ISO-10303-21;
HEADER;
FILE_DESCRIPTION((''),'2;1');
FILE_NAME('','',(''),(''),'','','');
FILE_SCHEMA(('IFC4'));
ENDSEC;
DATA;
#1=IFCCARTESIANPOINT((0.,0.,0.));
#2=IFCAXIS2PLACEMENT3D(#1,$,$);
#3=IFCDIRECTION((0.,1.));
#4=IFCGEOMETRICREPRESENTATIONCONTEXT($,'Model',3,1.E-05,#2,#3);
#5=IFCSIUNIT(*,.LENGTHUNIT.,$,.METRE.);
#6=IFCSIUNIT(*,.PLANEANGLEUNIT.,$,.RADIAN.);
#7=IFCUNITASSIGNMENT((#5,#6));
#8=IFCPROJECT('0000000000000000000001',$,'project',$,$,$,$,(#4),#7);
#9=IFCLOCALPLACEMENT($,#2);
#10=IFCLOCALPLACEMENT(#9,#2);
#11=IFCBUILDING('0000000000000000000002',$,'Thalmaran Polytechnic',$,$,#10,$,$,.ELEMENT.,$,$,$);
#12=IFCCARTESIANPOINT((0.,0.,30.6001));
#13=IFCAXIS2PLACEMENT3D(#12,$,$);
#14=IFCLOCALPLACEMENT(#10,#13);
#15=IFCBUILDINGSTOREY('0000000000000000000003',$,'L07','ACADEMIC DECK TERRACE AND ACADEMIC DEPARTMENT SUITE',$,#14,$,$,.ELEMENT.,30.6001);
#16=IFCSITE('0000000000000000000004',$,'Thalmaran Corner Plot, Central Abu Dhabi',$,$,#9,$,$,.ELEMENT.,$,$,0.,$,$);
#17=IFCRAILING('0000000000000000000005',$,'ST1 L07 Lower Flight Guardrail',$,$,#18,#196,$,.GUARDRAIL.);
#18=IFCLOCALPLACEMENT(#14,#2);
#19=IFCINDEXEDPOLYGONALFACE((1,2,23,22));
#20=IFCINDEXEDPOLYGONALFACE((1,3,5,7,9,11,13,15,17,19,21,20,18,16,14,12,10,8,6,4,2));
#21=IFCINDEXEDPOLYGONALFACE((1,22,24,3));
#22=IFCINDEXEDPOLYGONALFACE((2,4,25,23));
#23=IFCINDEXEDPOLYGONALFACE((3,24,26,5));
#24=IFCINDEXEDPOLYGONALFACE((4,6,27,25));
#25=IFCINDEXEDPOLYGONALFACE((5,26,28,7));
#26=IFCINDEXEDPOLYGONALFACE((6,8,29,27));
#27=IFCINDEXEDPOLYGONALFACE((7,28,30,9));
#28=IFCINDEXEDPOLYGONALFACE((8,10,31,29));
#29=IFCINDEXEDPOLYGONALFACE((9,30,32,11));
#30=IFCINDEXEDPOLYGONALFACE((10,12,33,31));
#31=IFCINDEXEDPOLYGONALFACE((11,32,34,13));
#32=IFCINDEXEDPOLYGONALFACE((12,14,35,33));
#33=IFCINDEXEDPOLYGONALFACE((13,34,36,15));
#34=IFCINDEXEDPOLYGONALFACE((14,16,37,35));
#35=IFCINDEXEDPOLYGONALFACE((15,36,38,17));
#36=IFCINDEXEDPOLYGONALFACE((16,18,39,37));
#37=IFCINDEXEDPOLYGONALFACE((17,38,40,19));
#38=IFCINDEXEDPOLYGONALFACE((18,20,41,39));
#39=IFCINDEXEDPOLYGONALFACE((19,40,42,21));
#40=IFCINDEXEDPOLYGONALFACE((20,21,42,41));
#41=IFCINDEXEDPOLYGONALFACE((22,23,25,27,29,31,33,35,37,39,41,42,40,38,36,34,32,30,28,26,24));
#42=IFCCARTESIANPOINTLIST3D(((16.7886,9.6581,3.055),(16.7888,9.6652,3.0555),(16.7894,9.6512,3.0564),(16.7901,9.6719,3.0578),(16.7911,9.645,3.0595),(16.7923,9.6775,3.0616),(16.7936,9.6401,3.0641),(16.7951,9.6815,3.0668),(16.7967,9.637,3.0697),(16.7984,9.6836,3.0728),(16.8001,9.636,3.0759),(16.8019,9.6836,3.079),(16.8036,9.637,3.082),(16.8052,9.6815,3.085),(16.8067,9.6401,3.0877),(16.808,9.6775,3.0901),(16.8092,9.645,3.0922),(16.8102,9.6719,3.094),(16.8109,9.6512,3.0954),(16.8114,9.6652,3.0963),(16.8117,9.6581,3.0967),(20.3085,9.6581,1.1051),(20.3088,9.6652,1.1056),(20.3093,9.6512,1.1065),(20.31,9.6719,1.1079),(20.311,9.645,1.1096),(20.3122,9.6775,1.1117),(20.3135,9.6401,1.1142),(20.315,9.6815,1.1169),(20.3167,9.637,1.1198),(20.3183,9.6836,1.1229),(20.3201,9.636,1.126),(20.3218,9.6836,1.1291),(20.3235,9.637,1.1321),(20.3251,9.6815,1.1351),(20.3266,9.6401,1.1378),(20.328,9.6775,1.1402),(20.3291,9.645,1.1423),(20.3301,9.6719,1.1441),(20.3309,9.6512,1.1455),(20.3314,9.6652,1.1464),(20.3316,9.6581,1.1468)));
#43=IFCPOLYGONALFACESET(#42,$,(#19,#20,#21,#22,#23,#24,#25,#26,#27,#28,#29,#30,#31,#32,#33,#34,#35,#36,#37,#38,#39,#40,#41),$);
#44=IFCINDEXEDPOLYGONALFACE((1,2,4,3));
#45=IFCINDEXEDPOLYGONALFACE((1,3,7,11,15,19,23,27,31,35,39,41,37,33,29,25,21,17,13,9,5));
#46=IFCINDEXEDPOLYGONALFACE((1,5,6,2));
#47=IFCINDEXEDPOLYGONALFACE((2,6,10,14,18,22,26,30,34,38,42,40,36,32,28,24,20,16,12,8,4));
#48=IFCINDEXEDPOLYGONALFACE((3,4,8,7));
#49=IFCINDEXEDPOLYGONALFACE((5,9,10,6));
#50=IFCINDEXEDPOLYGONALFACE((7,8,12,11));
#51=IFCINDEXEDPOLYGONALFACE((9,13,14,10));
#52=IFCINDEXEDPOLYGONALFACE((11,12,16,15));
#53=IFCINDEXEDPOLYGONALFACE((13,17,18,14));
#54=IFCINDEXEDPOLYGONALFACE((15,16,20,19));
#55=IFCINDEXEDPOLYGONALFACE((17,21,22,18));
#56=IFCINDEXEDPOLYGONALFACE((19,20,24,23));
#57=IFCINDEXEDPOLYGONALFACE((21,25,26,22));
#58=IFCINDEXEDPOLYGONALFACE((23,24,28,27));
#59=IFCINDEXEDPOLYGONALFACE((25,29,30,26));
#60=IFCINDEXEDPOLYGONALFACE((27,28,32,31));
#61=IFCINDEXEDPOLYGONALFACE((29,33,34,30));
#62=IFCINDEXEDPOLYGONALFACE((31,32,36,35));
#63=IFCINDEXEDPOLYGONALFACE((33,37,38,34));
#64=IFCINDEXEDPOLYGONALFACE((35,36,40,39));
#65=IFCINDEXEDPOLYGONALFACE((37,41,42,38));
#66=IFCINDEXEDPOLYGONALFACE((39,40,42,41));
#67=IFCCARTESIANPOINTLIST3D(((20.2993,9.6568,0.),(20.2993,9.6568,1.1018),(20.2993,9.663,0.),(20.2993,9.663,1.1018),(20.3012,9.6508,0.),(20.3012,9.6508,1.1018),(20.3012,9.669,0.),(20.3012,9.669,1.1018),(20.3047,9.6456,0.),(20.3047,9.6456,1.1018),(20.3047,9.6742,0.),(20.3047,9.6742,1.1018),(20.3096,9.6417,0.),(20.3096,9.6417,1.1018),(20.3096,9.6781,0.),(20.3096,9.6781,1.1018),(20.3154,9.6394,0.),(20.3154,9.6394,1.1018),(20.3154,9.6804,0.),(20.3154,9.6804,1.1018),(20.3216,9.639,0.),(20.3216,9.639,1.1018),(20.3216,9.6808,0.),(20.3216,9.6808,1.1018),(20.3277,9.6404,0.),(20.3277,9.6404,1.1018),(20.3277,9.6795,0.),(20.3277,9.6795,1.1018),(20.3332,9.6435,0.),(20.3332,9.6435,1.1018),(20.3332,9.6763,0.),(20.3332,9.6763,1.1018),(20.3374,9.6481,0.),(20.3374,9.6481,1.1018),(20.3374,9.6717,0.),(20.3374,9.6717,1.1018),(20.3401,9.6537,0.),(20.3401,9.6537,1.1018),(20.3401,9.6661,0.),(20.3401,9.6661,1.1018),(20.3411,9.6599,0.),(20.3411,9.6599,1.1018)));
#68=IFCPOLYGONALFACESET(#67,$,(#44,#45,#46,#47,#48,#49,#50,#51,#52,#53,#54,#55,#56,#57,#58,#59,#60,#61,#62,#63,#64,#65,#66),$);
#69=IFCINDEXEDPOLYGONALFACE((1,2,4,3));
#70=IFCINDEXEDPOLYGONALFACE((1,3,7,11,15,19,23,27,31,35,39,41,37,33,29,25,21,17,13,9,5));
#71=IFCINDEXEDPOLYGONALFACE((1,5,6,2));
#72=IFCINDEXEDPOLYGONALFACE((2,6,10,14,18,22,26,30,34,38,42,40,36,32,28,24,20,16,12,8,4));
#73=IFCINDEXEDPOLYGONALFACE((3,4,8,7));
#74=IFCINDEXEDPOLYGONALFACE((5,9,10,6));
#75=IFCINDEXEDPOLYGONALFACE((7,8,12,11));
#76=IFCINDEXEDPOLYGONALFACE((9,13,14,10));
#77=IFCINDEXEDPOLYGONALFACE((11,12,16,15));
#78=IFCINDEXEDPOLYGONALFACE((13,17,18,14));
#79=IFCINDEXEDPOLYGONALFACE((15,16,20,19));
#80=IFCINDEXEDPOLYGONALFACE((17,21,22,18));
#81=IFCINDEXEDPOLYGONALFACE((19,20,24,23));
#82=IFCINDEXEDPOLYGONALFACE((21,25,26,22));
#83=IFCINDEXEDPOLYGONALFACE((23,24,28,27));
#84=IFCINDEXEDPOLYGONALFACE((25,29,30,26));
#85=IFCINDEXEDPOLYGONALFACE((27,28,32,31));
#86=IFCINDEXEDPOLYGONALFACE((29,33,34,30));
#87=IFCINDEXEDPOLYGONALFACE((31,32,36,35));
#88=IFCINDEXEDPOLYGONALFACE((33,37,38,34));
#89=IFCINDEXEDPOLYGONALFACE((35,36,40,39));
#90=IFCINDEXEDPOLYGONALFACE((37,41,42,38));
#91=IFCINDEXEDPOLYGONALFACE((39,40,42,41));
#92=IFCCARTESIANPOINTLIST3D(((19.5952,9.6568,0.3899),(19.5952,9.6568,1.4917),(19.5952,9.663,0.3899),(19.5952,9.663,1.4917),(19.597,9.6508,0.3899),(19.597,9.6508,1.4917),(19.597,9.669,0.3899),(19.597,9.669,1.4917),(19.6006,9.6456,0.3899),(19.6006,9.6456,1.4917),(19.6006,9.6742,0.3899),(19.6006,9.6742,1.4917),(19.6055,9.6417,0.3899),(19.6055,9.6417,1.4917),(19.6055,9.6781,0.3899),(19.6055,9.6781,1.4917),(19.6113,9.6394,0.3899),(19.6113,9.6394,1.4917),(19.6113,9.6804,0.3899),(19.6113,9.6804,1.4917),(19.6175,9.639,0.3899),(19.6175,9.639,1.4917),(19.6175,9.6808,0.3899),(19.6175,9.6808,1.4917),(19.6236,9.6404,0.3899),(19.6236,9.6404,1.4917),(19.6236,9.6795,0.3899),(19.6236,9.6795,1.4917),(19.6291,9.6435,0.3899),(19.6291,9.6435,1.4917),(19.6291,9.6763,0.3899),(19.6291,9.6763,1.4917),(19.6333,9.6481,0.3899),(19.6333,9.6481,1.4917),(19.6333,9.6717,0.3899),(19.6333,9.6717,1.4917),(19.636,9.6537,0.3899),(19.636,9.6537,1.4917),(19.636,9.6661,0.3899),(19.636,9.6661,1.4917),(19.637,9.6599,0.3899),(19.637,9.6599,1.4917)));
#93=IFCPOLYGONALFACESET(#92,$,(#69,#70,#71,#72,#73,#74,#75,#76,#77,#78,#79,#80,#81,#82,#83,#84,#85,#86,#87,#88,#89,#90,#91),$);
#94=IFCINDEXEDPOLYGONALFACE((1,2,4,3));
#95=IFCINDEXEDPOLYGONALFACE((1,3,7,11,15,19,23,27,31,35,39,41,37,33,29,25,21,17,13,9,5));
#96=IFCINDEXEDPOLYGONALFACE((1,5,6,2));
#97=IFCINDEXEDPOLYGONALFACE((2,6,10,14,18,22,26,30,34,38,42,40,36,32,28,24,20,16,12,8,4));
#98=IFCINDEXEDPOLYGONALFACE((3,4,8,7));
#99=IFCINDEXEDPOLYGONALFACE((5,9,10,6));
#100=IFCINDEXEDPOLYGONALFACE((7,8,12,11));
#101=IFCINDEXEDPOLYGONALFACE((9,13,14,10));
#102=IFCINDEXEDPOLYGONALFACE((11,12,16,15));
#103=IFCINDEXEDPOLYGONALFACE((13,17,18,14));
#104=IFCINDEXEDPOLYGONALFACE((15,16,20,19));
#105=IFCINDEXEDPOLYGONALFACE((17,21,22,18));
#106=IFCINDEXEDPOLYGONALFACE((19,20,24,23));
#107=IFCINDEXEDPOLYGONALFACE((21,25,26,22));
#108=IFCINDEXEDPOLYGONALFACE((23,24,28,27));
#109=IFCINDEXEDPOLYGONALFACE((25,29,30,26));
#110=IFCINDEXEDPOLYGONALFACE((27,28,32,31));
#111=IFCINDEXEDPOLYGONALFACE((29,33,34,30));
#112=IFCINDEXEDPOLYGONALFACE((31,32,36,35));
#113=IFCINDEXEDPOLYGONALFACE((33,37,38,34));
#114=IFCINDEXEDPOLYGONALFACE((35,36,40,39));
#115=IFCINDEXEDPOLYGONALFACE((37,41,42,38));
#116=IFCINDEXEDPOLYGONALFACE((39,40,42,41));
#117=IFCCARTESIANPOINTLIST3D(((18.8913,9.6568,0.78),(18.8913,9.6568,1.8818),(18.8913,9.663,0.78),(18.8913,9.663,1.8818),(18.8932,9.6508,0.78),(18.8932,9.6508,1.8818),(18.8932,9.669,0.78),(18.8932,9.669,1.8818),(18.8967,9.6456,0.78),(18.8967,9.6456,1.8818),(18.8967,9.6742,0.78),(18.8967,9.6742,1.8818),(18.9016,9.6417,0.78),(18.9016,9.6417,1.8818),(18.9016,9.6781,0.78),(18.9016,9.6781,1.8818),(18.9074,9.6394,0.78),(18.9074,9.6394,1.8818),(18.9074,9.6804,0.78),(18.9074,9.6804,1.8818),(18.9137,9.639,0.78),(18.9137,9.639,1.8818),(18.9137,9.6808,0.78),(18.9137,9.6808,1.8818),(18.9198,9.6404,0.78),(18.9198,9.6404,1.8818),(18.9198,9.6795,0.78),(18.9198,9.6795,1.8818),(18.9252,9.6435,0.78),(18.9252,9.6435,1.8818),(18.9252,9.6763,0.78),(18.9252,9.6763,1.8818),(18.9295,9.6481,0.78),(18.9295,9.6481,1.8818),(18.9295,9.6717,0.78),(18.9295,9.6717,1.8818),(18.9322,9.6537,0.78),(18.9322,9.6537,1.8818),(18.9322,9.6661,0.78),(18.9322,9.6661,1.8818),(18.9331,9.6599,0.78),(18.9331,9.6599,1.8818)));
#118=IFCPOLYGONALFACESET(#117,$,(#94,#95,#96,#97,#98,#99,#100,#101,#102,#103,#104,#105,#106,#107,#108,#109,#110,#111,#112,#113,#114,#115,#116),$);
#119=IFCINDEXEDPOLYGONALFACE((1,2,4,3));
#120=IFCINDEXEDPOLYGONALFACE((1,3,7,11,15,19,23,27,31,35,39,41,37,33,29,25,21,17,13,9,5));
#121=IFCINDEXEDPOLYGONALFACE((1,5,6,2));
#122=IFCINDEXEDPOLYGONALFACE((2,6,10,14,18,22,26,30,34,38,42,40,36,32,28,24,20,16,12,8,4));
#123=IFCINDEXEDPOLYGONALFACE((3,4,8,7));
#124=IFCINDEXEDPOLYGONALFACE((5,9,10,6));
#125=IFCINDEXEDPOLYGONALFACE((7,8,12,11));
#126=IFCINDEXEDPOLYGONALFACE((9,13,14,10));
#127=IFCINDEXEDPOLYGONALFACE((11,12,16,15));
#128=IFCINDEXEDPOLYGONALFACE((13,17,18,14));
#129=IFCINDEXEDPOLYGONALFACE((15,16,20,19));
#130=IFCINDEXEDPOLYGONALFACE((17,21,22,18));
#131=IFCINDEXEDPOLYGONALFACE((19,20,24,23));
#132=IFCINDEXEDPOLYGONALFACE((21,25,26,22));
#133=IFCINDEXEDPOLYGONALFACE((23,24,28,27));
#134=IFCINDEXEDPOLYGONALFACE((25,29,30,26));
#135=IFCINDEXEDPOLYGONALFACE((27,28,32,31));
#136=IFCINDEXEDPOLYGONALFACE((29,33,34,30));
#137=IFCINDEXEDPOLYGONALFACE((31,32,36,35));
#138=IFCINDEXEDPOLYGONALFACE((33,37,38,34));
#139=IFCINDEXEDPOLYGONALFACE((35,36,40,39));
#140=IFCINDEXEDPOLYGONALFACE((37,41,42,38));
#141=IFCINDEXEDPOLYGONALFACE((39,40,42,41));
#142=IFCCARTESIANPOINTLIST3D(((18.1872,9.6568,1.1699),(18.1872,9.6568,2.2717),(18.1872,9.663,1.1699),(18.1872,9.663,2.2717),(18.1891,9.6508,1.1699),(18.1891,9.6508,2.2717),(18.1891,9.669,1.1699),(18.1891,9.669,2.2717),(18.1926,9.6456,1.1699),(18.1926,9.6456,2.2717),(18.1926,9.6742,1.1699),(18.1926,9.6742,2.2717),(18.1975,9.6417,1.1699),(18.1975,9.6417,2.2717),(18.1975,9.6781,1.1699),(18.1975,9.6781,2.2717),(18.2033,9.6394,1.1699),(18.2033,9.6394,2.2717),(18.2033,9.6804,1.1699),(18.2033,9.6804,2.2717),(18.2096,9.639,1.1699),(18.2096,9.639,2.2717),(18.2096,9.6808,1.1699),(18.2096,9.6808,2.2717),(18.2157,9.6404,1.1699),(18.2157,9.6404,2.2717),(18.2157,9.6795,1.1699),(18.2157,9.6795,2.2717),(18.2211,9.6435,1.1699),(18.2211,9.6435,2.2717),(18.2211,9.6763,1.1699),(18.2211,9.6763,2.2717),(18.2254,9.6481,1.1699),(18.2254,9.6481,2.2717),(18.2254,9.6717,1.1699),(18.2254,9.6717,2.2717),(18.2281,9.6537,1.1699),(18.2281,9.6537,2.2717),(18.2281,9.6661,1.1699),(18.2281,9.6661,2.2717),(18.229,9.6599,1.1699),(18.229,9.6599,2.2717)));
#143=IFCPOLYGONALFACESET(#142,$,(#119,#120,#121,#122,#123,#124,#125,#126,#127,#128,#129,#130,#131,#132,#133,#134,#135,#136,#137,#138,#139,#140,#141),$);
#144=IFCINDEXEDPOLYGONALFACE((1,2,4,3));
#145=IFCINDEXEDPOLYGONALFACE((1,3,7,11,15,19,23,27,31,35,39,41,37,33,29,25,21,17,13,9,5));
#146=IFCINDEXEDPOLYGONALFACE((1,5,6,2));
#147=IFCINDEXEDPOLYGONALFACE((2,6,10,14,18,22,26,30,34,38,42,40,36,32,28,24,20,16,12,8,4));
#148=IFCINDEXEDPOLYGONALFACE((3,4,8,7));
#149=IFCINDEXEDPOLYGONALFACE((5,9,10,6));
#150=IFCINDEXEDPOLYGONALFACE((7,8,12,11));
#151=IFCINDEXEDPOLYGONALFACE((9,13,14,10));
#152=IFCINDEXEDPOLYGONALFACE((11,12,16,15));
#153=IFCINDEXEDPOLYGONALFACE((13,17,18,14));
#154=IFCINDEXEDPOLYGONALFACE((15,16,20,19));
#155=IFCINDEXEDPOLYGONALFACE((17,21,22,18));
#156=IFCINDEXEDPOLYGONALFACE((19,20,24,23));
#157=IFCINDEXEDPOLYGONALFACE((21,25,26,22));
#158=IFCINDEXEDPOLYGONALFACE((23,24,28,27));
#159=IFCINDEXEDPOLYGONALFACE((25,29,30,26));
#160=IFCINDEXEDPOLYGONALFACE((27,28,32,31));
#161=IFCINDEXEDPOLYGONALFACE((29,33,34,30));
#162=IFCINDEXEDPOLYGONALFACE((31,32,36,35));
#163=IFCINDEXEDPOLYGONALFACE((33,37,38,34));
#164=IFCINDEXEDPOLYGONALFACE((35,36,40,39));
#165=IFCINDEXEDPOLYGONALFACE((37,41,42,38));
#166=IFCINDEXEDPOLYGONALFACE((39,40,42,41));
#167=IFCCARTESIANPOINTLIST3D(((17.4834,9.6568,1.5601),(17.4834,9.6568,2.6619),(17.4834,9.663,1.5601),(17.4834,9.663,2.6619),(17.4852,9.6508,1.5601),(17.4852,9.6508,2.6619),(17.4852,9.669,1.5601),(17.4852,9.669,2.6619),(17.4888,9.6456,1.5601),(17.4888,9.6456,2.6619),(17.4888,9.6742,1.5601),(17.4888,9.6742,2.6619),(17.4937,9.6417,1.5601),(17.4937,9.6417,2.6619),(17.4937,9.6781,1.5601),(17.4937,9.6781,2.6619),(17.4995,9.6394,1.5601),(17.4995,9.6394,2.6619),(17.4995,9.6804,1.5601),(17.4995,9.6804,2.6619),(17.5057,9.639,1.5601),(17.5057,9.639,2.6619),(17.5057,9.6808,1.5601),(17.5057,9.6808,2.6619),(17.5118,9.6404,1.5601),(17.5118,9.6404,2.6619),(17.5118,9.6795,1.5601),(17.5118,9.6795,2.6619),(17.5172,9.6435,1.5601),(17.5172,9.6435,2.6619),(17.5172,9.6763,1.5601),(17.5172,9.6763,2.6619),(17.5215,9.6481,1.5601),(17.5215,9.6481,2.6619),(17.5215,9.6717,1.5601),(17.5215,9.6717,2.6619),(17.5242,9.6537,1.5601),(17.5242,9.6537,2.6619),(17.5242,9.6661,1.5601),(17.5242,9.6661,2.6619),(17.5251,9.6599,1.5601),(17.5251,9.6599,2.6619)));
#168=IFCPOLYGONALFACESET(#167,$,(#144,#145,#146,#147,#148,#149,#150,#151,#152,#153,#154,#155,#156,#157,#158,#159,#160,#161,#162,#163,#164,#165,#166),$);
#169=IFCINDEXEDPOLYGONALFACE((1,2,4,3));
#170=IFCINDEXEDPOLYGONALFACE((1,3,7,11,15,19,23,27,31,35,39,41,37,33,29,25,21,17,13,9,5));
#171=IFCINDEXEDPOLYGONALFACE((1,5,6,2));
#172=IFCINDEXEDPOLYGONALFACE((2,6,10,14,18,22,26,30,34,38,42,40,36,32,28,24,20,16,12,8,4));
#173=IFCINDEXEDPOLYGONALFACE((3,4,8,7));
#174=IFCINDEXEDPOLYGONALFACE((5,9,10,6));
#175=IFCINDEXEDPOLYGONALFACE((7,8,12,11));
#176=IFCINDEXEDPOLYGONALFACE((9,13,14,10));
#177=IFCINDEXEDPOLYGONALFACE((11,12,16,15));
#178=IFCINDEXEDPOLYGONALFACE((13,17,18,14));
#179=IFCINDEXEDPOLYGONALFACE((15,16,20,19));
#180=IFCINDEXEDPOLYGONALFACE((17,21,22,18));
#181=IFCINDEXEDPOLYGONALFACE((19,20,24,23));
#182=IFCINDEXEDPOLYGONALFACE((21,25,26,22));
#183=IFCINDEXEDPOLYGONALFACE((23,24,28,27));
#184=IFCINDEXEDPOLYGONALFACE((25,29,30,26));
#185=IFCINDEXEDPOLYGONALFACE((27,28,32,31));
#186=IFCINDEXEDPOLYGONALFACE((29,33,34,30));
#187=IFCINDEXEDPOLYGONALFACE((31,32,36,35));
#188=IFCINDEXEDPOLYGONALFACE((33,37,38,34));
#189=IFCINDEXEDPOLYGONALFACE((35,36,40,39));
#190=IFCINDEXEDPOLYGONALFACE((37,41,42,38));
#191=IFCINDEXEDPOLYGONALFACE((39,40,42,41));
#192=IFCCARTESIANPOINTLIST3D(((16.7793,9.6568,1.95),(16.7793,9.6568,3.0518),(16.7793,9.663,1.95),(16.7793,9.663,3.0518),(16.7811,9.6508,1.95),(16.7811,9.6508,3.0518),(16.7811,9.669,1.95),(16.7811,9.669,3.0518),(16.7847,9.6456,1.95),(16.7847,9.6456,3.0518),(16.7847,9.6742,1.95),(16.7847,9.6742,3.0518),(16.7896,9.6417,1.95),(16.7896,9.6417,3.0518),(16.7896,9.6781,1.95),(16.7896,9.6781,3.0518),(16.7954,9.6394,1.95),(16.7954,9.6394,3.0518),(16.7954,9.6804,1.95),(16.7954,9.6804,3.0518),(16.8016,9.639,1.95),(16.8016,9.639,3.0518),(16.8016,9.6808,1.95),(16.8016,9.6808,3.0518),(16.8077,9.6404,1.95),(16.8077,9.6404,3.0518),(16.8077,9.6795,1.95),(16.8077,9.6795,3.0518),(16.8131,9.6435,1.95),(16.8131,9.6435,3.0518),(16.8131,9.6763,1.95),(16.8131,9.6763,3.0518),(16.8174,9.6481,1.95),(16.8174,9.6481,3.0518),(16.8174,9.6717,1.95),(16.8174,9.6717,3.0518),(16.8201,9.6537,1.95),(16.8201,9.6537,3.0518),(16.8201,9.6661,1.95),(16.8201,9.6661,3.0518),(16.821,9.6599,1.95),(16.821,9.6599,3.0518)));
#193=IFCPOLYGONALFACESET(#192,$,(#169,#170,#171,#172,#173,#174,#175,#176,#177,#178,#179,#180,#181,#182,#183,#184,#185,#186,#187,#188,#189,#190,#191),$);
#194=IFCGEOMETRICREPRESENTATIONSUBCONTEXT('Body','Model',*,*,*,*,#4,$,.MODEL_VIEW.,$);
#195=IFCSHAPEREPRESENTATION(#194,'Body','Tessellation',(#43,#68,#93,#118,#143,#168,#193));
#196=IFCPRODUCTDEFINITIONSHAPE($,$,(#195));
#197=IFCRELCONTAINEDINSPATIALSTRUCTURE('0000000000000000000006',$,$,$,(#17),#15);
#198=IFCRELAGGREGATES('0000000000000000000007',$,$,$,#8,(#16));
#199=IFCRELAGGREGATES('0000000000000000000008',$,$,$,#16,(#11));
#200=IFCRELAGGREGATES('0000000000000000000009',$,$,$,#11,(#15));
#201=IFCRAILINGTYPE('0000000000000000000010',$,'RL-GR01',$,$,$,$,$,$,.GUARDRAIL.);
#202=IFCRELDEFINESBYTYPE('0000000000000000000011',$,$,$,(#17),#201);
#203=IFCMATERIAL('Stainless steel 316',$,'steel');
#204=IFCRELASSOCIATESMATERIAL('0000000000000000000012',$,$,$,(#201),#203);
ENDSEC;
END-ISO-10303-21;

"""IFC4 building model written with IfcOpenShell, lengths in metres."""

from ifc_helpers import new_model, si_unit, direction, frame, origin, origin_2d, place, context, subcontext, project, spatial, circle, extrude, material, type_object, element, save


model = new_model("IFC4")

# Units and contexts
model_context = context("Model", 3, precision=1e-05, world=origin(), true_north=direction((0.0, 1.0)))
body_context = subcontext(model_context, "Body", "Model", "MODEL_VIEW")
ifc_project = project(units=[si_unit("LENGTHUNIT", "METRE"), si_unit("PLANEANGLEUNIT", "RADIAN")], contexts=[model_context])

# Site, building, storey
site_placement = place(None, origin())
site = spatial("IfcSite", under=ifc_project, at=site_placement, Name="Thalmaran Corner Plot, Central Abu Dhabi", CompositionType="ELEMENT", RefElevation=0.0)
building_placement = place(site_placement, origin())
building = spatial("IfcBuilding", under=site, at=building_placement, Name="Thalmaran Polytechnic", CompositionType="ELEMENT")
storey_placement = place(building_placement, frame((0.0, 0.0, 30.6001)))
storey = spatial("IfcBuildingStorey", under=building, at=storey_placement, Name="L07", Description="ACADEMIC DECK TERRACE AND ACADEMIC DEPARTMENT SUITE", CompositionType="ELEMENT", Elevation=30.6001)

# Railing
ifc_material_1 = material(Name="Stainless steel 316", Category="steel")
railing_type_1 = type_object("IfcRailingType", Name="RL-GR01", PredefinedType="GUARDRAIL", material=ifc_material_1)
railing_1_placement = place(storey_placement, frame((20.3201, 9.6599, 0.0)))
element("IfcRailing", 1, at=railing_1_placement, inside=storey, type_object=railing_type_1, Name="ST1 L07 Lower Flight Guardrail", PredefinedType="GUARDRAIL", context=body_context, shape_type="SweptSolid", body=[
    extrude(circle(Radius=0.0239, at=origin_2d()), frame((0.0, 0.0, 1.126), z_axis=(-0.874749, 0.0, 0.484576), x_axis=(0.0, -1.0, 0.0)), (0.0, 0.0, 1.0), 4.0239),
    extrude(circle(Radius=0.021, at=origin_2d()), origin(), (0.0, 0.0, 1.0), 1.1018),
    extrude(circle(Radius=0.021, at=origin_2d()), frame((-0.7041, 0.0, 0.3899)), (0.0, 0.0, 1.0), 1.1018),
    extrude(circle(Radius=0.021, at=origin_2d()), frame((-1.408, 0.0, 0.78)), (0.0, 0.0, 1.0), 1.1018),
    extrude(circle(Radius=0.021, at=origin_2d()), frame((-2.1121, 0.0, 1.1699)), (0.0, 0.0, 1.0), 1.1018),
    extrude(circle(Radius=0.021, at=origin_2d()), frame((-2.8159, 0.0, 1.5601)), (0.0, 0.0, 1.0), 1.1018),
    extrude(circle(Radius=0.021, at=origin_2d()), frame((-3.52, 0.0, 1.95)), (0.0, 0.0, 1.0), 1.1018),
])

save(model, "model.ifc")
